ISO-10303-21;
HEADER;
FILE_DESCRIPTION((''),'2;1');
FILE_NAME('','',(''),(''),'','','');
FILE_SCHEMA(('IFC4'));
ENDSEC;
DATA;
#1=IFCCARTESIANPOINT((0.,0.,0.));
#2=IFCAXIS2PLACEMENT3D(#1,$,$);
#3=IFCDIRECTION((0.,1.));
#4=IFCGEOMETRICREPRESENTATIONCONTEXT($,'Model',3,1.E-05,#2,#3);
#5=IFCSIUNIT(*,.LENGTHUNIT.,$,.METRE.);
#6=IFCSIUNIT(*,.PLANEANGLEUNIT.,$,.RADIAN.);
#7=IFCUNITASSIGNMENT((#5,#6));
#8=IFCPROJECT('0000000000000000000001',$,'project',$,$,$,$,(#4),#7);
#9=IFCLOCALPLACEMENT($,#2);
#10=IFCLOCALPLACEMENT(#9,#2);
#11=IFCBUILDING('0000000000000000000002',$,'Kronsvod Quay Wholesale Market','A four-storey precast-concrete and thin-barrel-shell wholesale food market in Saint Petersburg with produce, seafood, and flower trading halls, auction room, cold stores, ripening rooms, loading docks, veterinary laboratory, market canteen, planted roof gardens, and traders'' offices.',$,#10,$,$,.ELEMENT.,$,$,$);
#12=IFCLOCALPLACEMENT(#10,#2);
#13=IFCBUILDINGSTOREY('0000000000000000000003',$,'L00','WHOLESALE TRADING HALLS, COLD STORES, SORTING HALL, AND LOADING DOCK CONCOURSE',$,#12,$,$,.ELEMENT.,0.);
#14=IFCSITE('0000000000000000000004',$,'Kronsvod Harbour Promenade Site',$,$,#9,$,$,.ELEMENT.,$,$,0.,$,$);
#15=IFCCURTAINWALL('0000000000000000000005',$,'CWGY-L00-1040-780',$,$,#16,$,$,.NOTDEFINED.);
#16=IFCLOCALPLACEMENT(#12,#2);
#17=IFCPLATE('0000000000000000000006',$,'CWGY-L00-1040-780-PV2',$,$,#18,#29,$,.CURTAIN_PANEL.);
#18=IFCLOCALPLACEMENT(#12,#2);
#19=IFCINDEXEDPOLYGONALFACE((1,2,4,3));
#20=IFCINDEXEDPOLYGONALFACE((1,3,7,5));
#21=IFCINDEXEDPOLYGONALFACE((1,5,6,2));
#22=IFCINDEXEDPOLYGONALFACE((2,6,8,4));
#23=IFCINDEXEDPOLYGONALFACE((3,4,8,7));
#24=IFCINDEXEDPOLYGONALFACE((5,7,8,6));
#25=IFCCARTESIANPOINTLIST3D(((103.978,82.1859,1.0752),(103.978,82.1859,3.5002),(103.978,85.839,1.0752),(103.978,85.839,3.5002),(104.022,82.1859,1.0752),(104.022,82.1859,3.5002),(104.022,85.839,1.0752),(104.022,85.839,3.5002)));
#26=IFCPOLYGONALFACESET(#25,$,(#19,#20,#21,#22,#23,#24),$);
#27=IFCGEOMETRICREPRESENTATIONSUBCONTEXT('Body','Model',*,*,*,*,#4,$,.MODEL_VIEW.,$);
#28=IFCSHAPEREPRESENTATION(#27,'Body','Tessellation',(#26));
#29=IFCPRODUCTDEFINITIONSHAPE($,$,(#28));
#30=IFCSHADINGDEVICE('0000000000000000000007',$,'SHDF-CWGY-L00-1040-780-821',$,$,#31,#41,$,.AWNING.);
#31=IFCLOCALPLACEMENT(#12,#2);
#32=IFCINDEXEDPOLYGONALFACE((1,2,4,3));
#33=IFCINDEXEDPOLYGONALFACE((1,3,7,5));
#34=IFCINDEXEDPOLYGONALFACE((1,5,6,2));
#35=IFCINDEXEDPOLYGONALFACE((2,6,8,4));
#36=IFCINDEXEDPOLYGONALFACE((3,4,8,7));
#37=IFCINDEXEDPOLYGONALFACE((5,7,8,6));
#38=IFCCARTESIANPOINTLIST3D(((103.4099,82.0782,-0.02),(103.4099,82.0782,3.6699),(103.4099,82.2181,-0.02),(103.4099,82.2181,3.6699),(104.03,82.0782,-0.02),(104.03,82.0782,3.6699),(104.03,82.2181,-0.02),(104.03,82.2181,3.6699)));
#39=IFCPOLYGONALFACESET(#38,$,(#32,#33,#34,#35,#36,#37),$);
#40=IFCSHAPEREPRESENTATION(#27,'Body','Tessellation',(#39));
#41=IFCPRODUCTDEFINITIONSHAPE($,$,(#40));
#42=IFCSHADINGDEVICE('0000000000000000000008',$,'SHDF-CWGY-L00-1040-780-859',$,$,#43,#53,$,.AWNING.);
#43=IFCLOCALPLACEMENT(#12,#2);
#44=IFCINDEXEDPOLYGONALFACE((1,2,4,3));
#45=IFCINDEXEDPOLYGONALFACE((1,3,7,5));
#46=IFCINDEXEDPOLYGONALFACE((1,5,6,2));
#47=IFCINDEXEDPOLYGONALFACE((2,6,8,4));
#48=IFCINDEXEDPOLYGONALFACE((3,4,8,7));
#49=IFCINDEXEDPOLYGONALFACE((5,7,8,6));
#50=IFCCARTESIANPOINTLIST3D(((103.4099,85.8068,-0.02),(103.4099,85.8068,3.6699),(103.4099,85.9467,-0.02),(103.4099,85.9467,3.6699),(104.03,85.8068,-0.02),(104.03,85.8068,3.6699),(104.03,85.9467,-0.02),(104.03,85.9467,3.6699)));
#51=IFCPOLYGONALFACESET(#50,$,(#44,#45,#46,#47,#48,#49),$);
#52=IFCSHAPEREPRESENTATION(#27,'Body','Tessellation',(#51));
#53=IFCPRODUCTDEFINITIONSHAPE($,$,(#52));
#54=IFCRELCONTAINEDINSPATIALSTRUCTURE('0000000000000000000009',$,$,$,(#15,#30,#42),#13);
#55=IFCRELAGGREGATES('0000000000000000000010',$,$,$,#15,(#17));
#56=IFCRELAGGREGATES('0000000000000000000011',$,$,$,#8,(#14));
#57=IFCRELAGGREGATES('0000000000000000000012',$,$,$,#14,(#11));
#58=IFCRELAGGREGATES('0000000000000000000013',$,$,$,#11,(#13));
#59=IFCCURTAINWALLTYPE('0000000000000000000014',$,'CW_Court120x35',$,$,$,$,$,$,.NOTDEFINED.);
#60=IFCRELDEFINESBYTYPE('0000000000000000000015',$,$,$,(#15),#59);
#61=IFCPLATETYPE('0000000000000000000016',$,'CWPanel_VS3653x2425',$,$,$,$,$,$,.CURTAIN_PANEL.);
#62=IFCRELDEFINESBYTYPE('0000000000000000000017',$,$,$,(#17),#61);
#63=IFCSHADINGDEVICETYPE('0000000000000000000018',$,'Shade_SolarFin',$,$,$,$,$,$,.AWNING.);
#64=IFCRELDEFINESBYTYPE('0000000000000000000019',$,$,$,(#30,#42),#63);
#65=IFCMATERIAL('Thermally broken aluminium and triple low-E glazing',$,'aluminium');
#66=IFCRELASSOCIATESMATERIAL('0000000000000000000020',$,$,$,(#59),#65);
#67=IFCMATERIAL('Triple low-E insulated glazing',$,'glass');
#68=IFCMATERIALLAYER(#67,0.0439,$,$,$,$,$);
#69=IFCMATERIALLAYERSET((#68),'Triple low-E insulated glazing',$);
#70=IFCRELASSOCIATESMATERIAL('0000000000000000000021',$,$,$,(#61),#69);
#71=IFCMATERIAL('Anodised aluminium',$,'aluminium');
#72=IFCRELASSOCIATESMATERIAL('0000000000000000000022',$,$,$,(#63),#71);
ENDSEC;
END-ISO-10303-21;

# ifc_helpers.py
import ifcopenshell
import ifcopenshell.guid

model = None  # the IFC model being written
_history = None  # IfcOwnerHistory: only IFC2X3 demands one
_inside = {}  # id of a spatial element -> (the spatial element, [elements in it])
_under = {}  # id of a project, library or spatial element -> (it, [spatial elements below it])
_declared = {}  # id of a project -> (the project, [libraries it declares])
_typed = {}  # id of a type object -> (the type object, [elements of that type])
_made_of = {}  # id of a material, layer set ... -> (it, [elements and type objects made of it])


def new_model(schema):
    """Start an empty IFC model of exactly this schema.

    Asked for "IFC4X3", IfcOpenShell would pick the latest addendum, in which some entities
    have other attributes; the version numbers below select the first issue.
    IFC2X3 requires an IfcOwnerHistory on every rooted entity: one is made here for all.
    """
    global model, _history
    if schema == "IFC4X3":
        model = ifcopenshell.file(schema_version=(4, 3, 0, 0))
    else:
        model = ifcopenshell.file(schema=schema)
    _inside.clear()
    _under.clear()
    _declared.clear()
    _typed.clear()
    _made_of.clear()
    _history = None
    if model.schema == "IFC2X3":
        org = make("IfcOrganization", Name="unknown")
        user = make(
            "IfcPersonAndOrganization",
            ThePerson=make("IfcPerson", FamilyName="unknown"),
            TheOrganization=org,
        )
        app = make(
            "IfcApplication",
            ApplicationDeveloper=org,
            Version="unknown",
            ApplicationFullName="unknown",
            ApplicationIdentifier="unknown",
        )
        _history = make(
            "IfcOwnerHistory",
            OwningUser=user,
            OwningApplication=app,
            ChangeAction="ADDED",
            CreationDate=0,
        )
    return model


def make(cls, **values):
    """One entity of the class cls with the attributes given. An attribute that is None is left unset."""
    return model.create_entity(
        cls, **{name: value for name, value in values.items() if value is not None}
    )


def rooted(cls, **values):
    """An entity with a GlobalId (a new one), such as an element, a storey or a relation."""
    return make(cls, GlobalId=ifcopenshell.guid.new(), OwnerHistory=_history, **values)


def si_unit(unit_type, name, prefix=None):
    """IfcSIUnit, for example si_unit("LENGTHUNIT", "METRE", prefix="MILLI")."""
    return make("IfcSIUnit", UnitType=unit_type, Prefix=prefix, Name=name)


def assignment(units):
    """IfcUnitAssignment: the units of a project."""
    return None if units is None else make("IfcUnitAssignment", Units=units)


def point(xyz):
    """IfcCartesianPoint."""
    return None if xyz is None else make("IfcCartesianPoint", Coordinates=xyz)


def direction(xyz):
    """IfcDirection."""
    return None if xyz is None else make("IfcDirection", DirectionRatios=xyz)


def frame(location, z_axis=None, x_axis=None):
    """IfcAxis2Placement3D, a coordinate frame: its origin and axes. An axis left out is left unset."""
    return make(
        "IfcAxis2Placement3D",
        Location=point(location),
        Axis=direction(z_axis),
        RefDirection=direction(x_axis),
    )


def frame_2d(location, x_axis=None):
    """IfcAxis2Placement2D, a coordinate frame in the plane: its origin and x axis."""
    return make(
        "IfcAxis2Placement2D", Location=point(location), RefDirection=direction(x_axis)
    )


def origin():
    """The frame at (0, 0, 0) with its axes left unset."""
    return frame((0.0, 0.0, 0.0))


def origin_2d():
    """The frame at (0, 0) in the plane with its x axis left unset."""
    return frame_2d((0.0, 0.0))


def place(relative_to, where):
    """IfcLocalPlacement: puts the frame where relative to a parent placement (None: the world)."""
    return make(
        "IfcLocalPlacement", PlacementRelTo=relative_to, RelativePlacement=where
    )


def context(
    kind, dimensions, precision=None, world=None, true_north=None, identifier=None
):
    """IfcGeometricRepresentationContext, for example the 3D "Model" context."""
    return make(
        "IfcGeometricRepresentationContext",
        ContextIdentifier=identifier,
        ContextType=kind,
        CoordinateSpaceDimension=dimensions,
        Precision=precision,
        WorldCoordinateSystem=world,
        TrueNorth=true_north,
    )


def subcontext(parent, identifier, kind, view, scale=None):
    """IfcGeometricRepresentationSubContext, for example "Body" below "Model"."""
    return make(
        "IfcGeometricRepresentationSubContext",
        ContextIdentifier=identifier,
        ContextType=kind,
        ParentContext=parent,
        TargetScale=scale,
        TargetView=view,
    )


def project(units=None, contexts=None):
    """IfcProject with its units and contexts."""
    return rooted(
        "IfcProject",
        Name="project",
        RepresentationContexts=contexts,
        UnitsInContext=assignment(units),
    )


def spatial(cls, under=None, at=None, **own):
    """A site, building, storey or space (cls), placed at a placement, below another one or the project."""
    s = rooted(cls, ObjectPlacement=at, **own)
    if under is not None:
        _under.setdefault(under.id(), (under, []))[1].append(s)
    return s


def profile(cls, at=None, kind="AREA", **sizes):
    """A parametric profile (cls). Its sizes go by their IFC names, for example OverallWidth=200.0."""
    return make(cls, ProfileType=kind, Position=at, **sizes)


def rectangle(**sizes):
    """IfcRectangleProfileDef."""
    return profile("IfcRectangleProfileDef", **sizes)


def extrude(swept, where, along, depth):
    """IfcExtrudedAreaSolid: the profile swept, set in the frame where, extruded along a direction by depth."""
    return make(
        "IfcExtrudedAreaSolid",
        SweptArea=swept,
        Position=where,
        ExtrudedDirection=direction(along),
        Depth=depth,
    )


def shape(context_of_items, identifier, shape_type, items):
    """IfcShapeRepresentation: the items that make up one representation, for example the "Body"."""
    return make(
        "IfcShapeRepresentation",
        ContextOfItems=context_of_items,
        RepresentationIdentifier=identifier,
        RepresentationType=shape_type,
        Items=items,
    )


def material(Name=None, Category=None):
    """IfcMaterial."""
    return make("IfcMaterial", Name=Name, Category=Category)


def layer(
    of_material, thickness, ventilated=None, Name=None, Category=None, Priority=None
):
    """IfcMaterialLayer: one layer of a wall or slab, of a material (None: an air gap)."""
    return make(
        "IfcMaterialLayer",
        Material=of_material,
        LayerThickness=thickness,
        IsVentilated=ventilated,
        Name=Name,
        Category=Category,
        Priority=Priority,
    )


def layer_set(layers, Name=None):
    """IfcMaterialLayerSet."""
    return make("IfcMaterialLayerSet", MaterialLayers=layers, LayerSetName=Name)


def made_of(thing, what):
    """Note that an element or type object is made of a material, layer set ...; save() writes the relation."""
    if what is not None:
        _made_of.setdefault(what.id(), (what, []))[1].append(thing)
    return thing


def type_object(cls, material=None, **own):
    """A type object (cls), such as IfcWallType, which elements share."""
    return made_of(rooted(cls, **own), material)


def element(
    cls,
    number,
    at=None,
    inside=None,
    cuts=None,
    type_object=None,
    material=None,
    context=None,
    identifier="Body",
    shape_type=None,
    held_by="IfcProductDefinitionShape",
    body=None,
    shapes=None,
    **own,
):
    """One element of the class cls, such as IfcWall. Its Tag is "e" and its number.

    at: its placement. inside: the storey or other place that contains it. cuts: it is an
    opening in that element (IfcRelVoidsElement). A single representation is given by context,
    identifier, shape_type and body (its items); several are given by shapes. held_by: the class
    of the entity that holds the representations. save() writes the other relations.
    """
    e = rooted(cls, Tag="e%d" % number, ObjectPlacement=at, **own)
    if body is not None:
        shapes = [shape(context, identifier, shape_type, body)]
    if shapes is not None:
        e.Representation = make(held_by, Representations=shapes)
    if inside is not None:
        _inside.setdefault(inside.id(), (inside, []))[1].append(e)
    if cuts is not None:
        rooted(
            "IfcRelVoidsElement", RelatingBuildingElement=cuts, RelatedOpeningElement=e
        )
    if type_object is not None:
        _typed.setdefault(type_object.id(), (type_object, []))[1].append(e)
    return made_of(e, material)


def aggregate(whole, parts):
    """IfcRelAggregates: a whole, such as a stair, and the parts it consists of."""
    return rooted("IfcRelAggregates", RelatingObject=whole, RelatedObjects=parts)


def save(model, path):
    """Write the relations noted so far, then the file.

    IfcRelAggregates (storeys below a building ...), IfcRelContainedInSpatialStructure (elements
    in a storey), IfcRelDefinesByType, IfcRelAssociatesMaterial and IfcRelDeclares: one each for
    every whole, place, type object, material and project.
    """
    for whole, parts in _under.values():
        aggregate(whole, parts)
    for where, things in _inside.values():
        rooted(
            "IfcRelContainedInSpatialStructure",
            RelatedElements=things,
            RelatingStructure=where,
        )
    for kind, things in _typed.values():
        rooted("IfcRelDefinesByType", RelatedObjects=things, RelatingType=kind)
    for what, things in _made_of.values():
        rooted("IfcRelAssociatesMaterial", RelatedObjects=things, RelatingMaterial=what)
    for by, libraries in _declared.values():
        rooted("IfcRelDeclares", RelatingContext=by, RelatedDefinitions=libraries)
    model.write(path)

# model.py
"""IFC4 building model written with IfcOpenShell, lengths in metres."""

from ifc_helpers import new_model, si_unit, direction, frame, origin, origin_2d, place, context, subcontext, project, spatial, rectangle, extrude, material, layer, layer_set, type_object, element, aggregate, save


model = new_model("IFC4")

# Units and contexts
model_context = context("Model", 3, precision=1e-05, world=origin(), true_north=direction((0.0, 1.0)))
body_context = subcontext(model_context, "Body", "Model", "MODEL_VIEW")
ifc_project = project(units=[si_unit("LENGTHUNIT", "METRE"), si_unit("PLANEANGLEUNIT", "RADIAN")], contexts=[model_context])

# Site, building, storey
site_placement = place(None, origin())
site = spatial("IfcSite", under=ifc_project, at=site_placement, Name="Kronsvod Harbour Promenade Site", CompositionType="ELEMENT", RefElevation=0.0)
building_placement = place(site_placement, origin())
building = spatial("IfcBuilding", under=site, at=building_placement, Name="Kronsvod Quay Wholesale Market", Description="A four-storey precast-concrete and thin-barrel-shell wholesale food market in Saint Petersburg with produce, seafood, and flower trading halls, auction room, cold stores, ripening rooms, loading docks, veterinary laboratory, market canteen, planted roof gardens, and traders' offices.", CompositionType="ELEMENT")
storey_placement = place(building_placement, origin())
storey = spatial("IfcBuildingStorey", under=building, at=storey_placement, Name="L00", Description="WHOLESALE TRADING HALLS, COLD STORES, SORTING HALL, AND LOADING DOCK CONCOURSE", CompositionType="ELEMENT", Elevation=0.0)

# Shared definitions
ifc_material_1 = material(Name="Thermally broken aluminium and triple low-E glazing", Category="aluminium")
curtain_wall_type = type_object("IfcCurtainWallType", Name="CW_Court120x35", PredefinedType="NOTDEFINED", material=ifc_material_1)

# Curtain wall
curtain_wall_1_placement = place(storey_placement, origin())
curtain_wall_1 = element("IfcCurtainWall", 1, at=curtain_wall_1_placement, inside=storey, type_object=curtain_wall_type, Name="CWGY-L00-1040-780", PredefinedType="NOTDEFINED")

# Plate
ifc_material_2 = material(Name="Triple low-E insulated glazing", Category="glass")
ifc_layer_1 = layer(ifc_material_2, 0.0439)
ifc_layer_set_1 = layer_set([ifc_layer_1], Name="Triple low-E insulated glazing")
plate_type_1 = type_object("IfcPlateType", Name="CWPanel_VS3653x2425", PredefinedType="CURTAIN_PANEL", material=ifc_layer_set_1)
plate_1_placement = place(storey_placement, frame((104.0, 84.0125, 1.0752), z_axis=(0.0, 0.0, 1.0), x_axis=(0.0, -1.0, 0.0)))
plate_1 = element("IfcPlate", 2, at=plate_1_placement, type_object=plate_type_1, Name="CWGY-L00-1040-780-PV2", PredefinedType="CURTAIN_PANEL", context=body_context, shape_type="SweptSolid", body=[
    extrude(rectangle(XDim=3.6531, YDim=0.0439, at=origin_2d()), origin(), (0.0, 0.0, 1.0), 2.425),
])
aggregate(curtain_wall_1, [plate_1])

# Shading devices
ifc_material_3 = material(Name="Anodised aluminium", Category="aluminium")
shading_device_type = type_object("IfcShadingDeviceType", Name="Shade_SolarFin", PredefinedType="AWNING", material=ifc_material_3)
for number, where, z_axis, x_axis, name in (
    (3, (103.72, 82.1482, -0.02), (0.0, 0.0, 1.0), (1.0, 0.0, 0.0), "SHDF-CWGY-L00-1040-780-821"),
    (4, (103.72, 85.8767, -0.02), (0.0, 0.0, 1.0), (1.0, 0.0, 0.0), "SHDF-CWGY-L00-1040-780-859"),
):
    element("IfcShadingDevice", number, at=place(storey_placement, frame(where, z_axis=z_axis, x_axis=x_axis)), inside=storey, type_object=shading_device_type, Name=name, PredefinedType="AWNING", context=body_context, shape_type="SweptSolid", body=[
        extrude(rectangle(XDim=0.6201, YDim=0.1399, at=origin_2d()), origin(), (0.0, 0.0, 1.0), 3.6899),
    ])

save(model, "model.ifc")
